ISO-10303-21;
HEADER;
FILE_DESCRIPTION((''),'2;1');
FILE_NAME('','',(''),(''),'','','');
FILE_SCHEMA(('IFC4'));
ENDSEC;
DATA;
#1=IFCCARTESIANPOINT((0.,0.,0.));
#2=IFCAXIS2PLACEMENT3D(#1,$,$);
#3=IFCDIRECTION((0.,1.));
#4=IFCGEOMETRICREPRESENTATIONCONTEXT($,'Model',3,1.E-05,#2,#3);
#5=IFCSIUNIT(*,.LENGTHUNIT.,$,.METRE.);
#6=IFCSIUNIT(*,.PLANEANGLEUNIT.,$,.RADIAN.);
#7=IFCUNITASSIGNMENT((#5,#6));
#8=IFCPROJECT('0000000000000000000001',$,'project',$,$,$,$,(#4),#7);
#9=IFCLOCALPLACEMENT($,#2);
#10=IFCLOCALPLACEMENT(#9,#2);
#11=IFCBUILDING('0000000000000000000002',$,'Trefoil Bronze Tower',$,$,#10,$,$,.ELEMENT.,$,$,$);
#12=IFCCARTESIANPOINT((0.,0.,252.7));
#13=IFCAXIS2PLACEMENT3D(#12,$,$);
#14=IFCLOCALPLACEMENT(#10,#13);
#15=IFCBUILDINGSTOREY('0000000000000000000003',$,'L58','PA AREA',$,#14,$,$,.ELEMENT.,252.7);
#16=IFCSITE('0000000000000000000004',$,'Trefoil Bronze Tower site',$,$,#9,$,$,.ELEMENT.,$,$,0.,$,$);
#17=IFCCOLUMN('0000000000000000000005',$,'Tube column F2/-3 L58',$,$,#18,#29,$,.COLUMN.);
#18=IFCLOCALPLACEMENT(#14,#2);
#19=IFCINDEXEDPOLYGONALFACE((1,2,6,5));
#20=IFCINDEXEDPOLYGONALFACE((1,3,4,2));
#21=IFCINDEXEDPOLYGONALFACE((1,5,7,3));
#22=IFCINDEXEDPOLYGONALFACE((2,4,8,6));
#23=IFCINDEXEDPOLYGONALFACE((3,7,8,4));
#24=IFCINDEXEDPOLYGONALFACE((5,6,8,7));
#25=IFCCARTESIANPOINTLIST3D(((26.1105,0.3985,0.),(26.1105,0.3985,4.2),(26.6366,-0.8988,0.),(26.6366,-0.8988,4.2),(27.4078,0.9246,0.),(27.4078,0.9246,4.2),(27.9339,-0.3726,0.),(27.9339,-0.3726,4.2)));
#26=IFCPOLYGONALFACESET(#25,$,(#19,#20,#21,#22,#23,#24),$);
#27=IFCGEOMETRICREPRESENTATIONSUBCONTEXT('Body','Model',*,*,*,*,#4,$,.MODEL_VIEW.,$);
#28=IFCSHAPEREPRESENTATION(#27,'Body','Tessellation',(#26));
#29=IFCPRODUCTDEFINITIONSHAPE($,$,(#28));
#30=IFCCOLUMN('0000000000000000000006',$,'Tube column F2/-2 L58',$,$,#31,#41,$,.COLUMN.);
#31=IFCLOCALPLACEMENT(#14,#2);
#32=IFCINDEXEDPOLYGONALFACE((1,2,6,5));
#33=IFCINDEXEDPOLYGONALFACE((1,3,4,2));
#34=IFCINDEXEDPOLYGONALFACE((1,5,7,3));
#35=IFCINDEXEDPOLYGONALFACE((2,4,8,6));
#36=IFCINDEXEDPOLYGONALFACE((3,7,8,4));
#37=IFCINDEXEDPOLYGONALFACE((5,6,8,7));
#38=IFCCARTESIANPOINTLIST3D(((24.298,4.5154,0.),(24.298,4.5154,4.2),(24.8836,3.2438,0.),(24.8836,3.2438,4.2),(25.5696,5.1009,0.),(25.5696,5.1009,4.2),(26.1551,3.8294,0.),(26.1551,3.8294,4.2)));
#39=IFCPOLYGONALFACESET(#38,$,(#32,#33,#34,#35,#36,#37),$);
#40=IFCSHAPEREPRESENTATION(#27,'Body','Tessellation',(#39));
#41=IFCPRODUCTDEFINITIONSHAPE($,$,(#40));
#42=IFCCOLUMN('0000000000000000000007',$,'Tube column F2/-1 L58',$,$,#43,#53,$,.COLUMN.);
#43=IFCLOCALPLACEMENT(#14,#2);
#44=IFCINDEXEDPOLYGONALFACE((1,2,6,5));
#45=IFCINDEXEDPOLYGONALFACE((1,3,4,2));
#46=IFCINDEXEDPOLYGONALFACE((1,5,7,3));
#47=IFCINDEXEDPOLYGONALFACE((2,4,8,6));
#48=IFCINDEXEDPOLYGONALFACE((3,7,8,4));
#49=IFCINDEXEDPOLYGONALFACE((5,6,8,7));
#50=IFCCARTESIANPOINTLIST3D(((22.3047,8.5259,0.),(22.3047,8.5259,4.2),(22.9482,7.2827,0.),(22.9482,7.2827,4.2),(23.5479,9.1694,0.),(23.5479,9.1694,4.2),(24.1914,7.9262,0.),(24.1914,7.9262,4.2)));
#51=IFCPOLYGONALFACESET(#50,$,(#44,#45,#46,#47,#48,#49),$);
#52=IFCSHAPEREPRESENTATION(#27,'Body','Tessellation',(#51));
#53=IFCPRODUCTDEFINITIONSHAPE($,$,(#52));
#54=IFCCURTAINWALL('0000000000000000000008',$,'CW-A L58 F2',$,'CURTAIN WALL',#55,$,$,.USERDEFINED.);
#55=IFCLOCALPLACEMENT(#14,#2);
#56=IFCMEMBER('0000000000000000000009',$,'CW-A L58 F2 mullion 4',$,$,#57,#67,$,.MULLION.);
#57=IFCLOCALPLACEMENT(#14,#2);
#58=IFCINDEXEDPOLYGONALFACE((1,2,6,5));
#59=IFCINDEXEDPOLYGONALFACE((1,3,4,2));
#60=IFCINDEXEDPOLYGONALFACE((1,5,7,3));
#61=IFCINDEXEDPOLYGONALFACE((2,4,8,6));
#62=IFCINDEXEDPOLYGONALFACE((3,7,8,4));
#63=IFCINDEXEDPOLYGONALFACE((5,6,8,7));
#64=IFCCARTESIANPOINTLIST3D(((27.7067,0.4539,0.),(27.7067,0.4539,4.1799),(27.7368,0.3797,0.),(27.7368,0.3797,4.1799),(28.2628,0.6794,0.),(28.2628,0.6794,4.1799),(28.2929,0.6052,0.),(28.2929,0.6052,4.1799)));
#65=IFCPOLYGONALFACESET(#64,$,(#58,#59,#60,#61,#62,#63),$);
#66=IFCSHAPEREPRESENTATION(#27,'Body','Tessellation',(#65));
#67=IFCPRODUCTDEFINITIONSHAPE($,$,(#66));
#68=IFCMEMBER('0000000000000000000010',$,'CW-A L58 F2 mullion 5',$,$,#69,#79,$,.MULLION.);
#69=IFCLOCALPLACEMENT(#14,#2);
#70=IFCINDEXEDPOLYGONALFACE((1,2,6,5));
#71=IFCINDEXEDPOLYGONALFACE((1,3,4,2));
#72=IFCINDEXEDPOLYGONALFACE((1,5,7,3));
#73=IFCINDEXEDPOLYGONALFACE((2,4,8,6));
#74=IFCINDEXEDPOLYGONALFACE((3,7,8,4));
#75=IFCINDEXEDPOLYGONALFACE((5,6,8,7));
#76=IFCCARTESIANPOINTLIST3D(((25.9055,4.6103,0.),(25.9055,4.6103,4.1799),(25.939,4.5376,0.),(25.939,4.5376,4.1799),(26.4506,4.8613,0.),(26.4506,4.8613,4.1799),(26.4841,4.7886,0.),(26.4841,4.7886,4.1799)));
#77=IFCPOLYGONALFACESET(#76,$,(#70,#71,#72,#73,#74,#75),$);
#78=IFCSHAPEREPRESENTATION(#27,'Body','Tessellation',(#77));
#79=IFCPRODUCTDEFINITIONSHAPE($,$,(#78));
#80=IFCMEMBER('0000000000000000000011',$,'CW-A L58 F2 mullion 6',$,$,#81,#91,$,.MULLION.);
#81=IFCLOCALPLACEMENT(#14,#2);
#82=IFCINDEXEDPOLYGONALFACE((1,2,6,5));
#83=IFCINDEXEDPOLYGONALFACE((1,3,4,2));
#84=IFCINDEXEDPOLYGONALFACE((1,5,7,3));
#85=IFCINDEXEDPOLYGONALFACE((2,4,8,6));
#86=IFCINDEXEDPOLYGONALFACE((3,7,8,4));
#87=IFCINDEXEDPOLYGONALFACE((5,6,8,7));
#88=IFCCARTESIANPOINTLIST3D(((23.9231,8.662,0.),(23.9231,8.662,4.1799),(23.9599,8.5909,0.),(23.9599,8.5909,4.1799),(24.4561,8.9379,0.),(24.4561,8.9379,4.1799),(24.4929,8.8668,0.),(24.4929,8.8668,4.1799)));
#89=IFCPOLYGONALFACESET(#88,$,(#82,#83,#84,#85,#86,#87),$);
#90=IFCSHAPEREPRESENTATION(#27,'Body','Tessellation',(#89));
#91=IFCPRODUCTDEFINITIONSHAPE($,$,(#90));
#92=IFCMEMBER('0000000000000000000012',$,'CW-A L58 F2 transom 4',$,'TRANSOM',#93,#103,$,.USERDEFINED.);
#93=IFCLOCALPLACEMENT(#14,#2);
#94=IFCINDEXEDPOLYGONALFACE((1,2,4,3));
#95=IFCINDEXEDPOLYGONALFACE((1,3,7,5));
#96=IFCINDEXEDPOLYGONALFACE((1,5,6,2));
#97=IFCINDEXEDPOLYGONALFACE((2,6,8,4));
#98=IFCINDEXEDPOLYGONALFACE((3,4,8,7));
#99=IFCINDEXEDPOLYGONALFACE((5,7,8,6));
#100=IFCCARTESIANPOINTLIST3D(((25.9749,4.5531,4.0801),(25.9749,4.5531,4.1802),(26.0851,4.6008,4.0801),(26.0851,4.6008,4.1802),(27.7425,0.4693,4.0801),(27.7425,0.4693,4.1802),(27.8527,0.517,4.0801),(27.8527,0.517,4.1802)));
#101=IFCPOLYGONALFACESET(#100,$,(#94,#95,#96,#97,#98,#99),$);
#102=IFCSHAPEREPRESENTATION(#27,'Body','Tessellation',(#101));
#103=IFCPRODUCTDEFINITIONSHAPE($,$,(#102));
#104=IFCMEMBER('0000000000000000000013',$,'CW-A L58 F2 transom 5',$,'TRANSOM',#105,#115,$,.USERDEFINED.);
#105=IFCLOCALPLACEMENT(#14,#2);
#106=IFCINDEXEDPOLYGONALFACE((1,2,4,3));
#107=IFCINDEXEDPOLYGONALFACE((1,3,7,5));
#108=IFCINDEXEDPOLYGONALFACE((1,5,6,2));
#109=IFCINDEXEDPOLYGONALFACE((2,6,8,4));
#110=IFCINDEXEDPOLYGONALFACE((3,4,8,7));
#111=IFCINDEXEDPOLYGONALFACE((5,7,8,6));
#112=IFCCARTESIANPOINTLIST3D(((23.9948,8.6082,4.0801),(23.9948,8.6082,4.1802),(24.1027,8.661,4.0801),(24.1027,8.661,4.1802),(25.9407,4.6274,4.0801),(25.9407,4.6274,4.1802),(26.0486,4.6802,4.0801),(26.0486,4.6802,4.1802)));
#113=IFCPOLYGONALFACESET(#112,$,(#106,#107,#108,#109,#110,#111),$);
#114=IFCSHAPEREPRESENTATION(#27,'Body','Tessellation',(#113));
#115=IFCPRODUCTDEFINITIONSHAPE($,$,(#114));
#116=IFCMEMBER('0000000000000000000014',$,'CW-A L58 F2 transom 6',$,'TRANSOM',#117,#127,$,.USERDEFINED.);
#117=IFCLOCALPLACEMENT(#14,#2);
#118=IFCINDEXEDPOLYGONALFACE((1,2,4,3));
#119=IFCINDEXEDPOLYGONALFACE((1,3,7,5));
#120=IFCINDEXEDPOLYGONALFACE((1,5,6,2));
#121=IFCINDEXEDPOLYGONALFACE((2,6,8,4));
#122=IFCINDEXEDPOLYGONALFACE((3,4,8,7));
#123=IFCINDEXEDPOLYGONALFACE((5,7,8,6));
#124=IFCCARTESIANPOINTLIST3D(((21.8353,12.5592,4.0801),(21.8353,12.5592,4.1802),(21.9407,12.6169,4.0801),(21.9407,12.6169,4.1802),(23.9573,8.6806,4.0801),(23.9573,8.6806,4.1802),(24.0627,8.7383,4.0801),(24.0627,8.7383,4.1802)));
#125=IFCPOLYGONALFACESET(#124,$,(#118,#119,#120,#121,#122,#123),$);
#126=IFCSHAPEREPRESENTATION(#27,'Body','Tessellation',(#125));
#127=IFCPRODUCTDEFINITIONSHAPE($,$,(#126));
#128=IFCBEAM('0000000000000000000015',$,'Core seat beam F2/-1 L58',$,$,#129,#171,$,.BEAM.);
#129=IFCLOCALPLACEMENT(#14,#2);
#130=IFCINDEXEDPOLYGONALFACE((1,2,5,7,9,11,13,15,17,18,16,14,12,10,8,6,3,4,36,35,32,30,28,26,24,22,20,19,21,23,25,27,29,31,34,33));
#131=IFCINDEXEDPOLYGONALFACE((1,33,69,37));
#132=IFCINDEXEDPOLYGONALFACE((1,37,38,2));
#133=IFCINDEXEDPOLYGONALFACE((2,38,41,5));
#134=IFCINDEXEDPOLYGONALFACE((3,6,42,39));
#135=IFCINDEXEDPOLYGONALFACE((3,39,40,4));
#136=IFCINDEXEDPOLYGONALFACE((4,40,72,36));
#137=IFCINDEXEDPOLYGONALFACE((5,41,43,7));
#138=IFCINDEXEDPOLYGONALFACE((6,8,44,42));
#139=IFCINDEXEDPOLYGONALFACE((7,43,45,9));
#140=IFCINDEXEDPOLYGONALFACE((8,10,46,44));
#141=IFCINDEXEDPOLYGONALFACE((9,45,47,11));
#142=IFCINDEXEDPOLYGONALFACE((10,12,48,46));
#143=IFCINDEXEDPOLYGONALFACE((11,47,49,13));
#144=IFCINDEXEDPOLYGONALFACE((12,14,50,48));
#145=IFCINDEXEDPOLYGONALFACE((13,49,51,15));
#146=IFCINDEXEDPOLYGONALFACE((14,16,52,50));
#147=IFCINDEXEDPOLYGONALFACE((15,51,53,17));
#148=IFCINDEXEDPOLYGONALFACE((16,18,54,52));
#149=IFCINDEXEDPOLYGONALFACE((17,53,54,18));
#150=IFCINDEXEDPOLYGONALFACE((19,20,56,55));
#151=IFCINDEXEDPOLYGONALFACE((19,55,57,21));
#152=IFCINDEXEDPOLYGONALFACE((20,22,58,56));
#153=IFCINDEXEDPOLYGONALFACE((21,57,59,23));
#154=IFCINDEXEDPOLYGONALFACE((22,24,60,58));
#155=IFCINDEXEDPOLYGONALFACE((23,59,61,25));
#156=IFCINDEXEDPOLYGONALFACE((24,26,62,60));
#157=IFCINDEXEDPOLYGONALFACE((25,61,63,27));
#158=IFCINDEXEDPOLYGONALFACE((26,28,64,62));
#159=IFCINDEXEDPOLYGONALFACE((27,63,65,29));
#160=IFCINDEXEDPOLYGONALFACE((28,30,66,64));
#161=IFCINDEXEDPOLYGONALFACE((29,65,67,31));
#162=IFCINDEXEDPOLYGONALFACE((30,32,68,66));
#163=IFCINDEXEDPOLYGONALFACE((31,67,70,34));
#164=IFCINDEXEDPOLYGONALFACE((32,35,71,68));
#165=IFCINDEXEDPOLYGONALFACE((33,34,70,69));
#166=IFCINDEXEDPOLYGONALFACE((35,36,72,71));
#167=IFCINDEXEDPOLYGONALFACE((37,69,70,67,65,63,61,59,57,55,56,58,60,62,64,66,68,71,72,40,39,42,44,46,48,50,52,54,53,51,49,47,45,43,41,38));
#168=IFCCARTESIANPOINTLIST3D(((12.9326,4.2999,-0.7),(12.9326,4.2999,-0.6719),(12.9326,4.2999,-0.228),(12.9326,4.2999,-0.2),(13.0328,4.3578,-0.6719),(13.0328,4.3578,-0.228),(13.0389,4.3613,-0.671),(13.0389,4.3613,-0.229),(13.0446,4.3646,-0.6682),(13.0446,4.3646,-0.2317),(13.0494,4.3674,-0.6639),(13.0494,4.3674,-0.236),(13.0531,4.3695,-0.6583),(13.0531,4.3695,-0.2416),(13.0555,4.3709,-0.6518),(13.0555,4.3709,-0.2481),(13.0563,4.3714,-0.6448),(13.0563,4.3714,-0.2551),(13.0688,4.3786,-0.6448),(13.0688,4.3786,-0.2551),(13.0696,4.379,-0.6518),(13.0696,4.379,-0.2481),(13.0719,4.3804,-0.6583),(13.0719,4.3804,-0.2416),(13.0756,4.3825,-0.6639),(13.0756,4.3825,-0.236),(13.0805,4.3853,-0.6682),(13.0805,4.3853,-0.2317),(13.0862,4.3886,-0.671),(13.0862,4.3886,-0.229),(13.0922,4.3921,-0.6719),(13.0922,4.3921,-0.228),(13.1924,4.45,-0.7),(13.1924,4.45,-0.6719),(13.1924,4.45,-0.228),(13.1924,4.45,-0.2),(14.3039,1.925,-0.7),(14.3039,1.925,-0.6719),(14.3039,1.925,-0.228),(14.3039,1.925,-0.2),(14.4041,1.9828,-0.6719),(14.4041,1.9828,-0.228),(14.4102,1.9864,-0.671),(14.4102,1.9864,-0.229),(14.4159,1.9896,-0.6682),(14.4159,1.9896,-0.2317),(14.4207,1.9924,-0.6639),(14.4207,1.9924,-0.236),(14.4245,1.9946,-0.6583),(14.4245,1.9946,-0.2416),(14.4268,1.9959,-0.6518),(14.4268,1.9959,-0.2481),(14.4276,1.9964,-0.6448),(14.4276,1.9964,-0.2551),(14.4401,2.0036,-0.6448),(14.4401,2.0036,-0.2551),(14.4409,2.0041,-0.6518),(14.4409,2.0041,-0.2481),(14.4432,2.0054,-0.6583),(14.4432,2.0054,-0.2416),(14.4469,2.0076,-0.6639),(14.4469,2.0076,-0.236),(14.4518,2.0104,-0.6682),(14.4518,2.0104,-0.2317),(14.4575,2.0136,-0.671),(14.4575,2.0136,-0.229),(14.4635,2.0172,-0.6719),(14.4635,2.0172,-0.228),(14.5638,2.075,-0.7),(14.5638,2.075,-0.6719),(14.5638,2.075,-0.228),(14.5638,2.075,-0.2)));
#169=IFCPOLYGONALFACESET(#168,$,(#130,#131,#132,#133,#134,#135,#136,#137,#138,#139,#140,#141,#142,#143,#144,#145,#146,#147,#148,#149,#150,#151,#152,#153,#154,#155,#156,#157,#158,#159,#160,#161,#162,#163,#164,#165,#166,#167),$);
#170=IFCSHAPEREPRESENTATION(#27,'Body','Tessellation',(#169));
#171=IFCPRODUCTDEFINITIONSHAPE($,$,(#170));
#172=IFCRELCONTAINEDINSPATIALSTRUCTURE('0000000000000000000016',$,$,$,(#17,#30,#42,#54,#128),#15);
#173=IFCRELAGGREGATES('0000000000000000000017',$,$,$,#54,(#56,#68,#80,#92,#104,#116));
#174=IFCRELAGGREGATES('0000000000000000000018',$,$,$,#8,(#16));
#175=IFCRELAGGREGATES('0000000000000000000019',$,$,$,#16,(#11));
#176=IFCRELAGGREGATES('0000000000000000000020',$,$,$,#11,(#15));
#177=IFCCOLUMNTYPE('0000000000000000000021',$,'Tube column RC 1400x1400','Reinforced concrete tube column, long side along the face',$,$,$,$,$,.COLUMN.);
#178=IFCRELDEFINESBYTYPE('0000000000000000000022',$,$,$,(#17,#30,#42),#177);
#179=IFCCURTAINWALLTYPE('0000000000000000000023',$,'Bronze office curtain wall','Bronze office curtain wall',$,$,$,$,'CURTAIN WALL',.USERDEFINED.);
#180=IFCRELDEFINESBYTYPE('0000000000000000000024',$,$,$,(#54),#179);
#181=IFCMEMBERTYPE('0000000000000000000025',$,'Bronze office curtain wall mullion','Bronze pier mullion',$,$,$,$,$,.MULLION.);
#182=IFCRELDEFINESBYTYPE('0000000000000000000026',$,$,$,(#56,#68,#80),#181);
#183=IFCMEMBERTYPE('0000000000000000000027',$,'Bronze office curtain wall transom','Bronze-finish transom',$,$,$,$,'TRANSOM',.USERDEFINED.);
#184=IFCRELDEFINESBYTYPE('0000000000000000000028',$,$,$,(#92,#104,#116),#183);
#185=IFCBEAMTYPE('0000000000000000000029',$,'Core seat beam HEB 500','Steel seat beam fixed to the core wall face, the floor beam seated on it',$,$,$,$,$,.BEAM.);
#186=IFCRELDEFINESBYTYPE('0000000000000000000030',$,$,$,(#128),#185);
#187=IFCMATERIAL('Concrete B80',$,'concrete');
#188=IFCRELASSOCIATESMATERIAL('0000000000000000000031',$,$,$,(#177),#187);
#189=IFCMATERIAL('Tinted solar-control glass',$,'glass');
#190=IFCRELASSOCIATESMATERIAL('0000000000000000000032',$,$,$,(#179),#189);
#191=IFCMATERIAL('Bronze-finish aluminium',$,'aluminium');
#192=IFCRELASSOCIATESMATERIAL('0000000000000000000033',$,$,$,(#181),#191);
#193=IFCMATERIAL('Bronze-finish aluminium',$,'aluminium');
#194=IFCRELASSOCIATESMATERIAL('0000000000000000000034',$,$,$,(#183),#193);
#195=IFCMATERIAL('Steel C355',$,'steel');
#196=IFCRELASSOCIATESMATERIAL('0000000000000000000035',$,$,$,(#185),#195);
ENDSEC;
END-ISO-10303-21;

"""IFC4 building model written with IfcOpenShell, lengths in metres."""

from ifc_helpers import new_model, si_unit, direction, frame, origin, origin_2d, place, context, subcontext, project, spatial, rectangle, i_section, extrude, material, material_profile, profile_set, type_object, element, aggregate, save


model = new_model("IFC4")

# Units and contexts
model_context = context("Model", 3, precision=1e-05, world=origin(), true_north=direction((0.0, 1.0)))
body_context = subcontext(model_context, "Body", "Model", "MODEL_VIEW")
ifc_project = project(units=[si_unit("LENGTHUNIT", "METRE"), si_unit("PLANEANGLEUNIT", "RADIAN")], contexts=[model_context])

# Site, building, storey
site_placement = place(None, origin())
site = spatial("IfcSite", under=ifc_project, at=site_placement, Name="Trefoil Bronze Tower site", CompositionType="ELEMENT", RefElevation=0.0)
building_placement = place(site_placement, origin())
building = spatial("IfcBuilding", under=site, at=building_placement, Name="Trefoil Bronze Tower", CompositionType="ELEMENT")
storey_placement = place(building_placement, frame((0.0, 0.0, 252.7)))
storey = spatial("IfcBuildingStorey", under=building, at=storey_placement, Name="L58", Description="PA AREA", CompositionType="ELEMENT", Elevation=252.7)

# Columns
ifc_material_1 = material(Name="Concrete B80", Category="concrete")
ifc_material_profile_1 = material_profile(ifc_material_1, rectangle(XDim=1.3999, YDim=1.3999, at=origin_2d()), Name="RC 1400x1400")
ifc_profile_set_1 = profile_set([ifc_material_profile_1], Name="Concrete B80")
column_type = type_object("IfcColumnType", Name="Tube column RC 1400x1400", Description="Reinforced concrete tube column, long side along the face", PredefinedType="COLUMN", material=ifc_profile_set_1)
for number, where, z_axis, x_axis, name in (
    (1, (27.0222, 0.0129, 0.0), (0.0, 0.0, 1.0), (-0.375828, 0.926689, 0.0), "Tube column F2/-3 L58"),
    (2, (25.2266, 4.1724, 0.0), (0.0, 0.0, 1.0), (-0.418286, 0.908315, 0.0), "Tube column F2/-2 L58"),
    (3, (23.248, 8.2261, 0.0), (0.0, 0.0, 1.0), (-0.459673, 0.888088, 0.0), "Tube column F2/-1 L58"),
):
    element("IfcColumn", number, at=place(storey_placement, frame(where, z_axis=z_axis, x_axis=x_axis)), inside=storey, type_object=column_type, Name=name, PredefinedType="COLUMN", context=body_context, shape_type="SweptSolid", body=[
        extrude(rectangle(XDim=1.3999, YDim=1.3999, at=origin_2d()), origin(), (0.0, 0.0, 1.0), 4.2),
    ])

# Curtain wall, members
ifc_material_2 = material(Name="Tinted solar-control glass", Category="glass")
curtain_wall_type = type_object("IfcCurtainWallType", Name="Bronze office curtain wall", Description="Bronze office curtain wall", ElementType="CURTAIN WALL", PredefinedType="USERDEFINED", material=ifc_material_2)
curtain_wall_placement = place(storey_placement, origin())
curtain_wall = element("IfcCurtainWall", 4, at=curtain_wall_placement, inside=storey, type_object=curtain_wall_type, Name="CW-A L58 F2", ObjectType="CURTAIN WALL", PredefinedType="USERDEFINED")
ifc_material_3 = material(Name="Bronze-finish aluminium", Category="aluminium")
ifc_material_profile_2 = material_profile(ifc_material_3, rectangle(XDim=0.6001, YDim=0.0801, at=origin_2d()), Name="CW-A mullion")
ifc_profile_set_2 = profile_set([ifc_material_profile_2], Name="Bronze-finish aluminium")
member_type_1 = type_object("IfcMemberType", Name="Bronze office curtain wall mullion", Description="Bronze pier mullion", PredefinedType="MULLION", material=ifc_profile_set_2)
member_1_placement = place(storey_placement, frame((27.9998, 0.5295, 0.0), z_axis=(0.0, 0.0, 1.0), x_axis=(-0.926689, -0.375828, 0.0)))
member_1 = element("IfcMember", 5, at=member_1_placement, type_object=member_type_1, Name="CW-A L58 F2 mullion 4", PredefinedType="MULLION", context=body_context, shape_type="SweptSolid", body=[
    extrude(rectangle(XDim=0.6001, YDim=0.0801, at=origin_2d()), origin(), (0.0, 0.0, 1.0), 4.1799),
])
member_2_placement = place(storey_placement, frame((26.1948, 4.6995, 0.0), z_axis=(0.0, 0.0, 1.0), x_axis=(-0.908315, -0.418286, 0.0)))
member_2 = element("IfcMember", 6, at=member_2_placement, type_object=member_type_1, Name="CW-A L58 F2 mullion 5", PredefinedType="MULLION", context=body_context, shape_type="SweptSolid", body=[
    extrude(rectangle(XDim=0.6001, YDim=0.0801, at=origin_2d()), origin(), (0.0, 0.0, 1.0), 4.1799),
])
member_3_placement = place(storey_placement, frame((24.208, 8.7644, 0.0), z_axis=(0.0, 0.0, 1.0), x_axis=(-0.888088, -0.459673, 0.0)))
member_3 = element("IfcMember", 7, at=member_3_placement, type_object=member_type_1, Name="CW-A L58 F2 mullion 6", PredefinedType="MULLION", context=body_context, shape_type="SweptSolid", body=[
    extrude(rectangle(XDim=0.6001, YDim=0.0801, at=origin_2d()), origin(), (0.0, 0.0, 1.0), 4.1799),
])
ifc_material_4 = material(Name="Bronze-finish aluminium", Category="aluminium")
ifc_material_profile_3 = material_profile(ifc_material_4, rectangle(XDim=0.1201, YDim=0.1001, at=origin_2d()), Name="CW-A transom")
ifc_profile_set_3 = profile_set([ifc_material_profile_3], Name="Bronze-finish aluminium")
member_type_2 = type_object("IfcMemberType", Name="Bronze office curtain wall transom", Description="Bronze-finish transom", ElementType="TRANSOM", PredefinedType="USERDEFINED", material=ifc_profile_set_3)
member_4_placement = place(storey_placement, frame((27.7976, 0.4932, 4.1301), z_axis=(-0.397221, 0.917723, 0.0), x_axis=(-0.917723, -0.397221, 0.0)))
member_4 = element("IfcMember", 8, at=member_4_placement, type_object=member_type_2, Name="CW-A L58 F2 transom 4", ObjectType="TRANSOM", PredefinedType="USERDEFINED", context=body_context, shape_type="SweptSolid", body=[
    extrude(rectangle(XDim=0.1201, YDim=0.1001, at=origin_2d()), origin(), (0.0, 0.0, 1.0), 4.45),
])
member_5_placement = place(storey_placement, frame((25.9946, 4.6538, 4.1301), z_axis=(-0.439151, 0.898413, 0.0), x_axis=(-0.898413, -0.439151, 0.0)))
member_5 = element("IfcMember", 9, at=member_5_placement, type_object=member_type_2, Name="CW-A L58 F2 transom 5", ObjectType="TRANSOM", PredefinedType="USERDEFINED", context=body_context, shape_type="SweptSolid", body=[
    extrude(rectangle(XDim=0.1201, YDim=0.1001, at=origin_2d()), origin(), (0.0, 0.0, 1.0), 4.4309),
])
member_6_placement = place(storey_placement, frame((24.01, 8.7095, 4.1301), z_axis=(-0.479974, 0.877283, 0.0), x_axis=(-0.877283, -0.479974, 0.0)))
member_6 = element("IfcMember", 10, at=member_6_placement, type_object=member_type_2, Name="CW-A L58 F2 transom 6", ObjectType="TRANSOM", PredefinedType="USERDEFINED", context=body_context, shape_type="SweptSolid", body=[
    extrude(rectangle(XDim=0.1201, YDim=0.1001, at=origin_2d()), origin(), (0.0, 0.0, 1.0), 4.4211),
])

# Beam
ifc_material_5 = material(Name="Steel C355", Category="steel")
ifc_material_profile_4 = material_profile(ifc_material_5, i_section(OverallWidth=0.3, OverallDepth=0.5, WebThickness=0.0144, FlangeThickness=0.0281, FilletRadius=0.0271, at=origin_2d()), Name="HEB 500")
ifc_profile_set_4 = profile_set([ifc_material_profile_4], Name="Steel C355")
beam_type_1 = type_object("IfcBeamType", Name="Core seat beam HEB 500", Description="Steel seat beam fixed to the core wall face, the floor beam seated on it", PredefinedType="BEAM", material=ifc_profile_set_4)
beam_1_placement = place(storey_placement, frame((14.4338, 2.0, -0.45), z_axis=(-0.500036, 0.866005, 0.0), x_axis=(-0.866005, -0.500036, 0.0)))
element("IfcBeam", 11, at=beam_1_placement, inside=storey, type_object=beam_type_1, Name="Core seat beam F2/-1 L58", PredefinedType="BEAM", context=body_context, shape_type="SweptSolid", body=[
    extrude(i_section(OverallWidth=0.3, OverallDepth=0.5, WebThickness=0.0144, FlangeThickness=0.0281, FilletRadius=0.0271, at=origin_2d()), origin(), (0.0, 0.0, 1.0), 2.7424),
])

aggregate(curtain_wall, [member_1, member_2, member_3, member_4, member_5, member_6])

save(model, "model.ifc")
